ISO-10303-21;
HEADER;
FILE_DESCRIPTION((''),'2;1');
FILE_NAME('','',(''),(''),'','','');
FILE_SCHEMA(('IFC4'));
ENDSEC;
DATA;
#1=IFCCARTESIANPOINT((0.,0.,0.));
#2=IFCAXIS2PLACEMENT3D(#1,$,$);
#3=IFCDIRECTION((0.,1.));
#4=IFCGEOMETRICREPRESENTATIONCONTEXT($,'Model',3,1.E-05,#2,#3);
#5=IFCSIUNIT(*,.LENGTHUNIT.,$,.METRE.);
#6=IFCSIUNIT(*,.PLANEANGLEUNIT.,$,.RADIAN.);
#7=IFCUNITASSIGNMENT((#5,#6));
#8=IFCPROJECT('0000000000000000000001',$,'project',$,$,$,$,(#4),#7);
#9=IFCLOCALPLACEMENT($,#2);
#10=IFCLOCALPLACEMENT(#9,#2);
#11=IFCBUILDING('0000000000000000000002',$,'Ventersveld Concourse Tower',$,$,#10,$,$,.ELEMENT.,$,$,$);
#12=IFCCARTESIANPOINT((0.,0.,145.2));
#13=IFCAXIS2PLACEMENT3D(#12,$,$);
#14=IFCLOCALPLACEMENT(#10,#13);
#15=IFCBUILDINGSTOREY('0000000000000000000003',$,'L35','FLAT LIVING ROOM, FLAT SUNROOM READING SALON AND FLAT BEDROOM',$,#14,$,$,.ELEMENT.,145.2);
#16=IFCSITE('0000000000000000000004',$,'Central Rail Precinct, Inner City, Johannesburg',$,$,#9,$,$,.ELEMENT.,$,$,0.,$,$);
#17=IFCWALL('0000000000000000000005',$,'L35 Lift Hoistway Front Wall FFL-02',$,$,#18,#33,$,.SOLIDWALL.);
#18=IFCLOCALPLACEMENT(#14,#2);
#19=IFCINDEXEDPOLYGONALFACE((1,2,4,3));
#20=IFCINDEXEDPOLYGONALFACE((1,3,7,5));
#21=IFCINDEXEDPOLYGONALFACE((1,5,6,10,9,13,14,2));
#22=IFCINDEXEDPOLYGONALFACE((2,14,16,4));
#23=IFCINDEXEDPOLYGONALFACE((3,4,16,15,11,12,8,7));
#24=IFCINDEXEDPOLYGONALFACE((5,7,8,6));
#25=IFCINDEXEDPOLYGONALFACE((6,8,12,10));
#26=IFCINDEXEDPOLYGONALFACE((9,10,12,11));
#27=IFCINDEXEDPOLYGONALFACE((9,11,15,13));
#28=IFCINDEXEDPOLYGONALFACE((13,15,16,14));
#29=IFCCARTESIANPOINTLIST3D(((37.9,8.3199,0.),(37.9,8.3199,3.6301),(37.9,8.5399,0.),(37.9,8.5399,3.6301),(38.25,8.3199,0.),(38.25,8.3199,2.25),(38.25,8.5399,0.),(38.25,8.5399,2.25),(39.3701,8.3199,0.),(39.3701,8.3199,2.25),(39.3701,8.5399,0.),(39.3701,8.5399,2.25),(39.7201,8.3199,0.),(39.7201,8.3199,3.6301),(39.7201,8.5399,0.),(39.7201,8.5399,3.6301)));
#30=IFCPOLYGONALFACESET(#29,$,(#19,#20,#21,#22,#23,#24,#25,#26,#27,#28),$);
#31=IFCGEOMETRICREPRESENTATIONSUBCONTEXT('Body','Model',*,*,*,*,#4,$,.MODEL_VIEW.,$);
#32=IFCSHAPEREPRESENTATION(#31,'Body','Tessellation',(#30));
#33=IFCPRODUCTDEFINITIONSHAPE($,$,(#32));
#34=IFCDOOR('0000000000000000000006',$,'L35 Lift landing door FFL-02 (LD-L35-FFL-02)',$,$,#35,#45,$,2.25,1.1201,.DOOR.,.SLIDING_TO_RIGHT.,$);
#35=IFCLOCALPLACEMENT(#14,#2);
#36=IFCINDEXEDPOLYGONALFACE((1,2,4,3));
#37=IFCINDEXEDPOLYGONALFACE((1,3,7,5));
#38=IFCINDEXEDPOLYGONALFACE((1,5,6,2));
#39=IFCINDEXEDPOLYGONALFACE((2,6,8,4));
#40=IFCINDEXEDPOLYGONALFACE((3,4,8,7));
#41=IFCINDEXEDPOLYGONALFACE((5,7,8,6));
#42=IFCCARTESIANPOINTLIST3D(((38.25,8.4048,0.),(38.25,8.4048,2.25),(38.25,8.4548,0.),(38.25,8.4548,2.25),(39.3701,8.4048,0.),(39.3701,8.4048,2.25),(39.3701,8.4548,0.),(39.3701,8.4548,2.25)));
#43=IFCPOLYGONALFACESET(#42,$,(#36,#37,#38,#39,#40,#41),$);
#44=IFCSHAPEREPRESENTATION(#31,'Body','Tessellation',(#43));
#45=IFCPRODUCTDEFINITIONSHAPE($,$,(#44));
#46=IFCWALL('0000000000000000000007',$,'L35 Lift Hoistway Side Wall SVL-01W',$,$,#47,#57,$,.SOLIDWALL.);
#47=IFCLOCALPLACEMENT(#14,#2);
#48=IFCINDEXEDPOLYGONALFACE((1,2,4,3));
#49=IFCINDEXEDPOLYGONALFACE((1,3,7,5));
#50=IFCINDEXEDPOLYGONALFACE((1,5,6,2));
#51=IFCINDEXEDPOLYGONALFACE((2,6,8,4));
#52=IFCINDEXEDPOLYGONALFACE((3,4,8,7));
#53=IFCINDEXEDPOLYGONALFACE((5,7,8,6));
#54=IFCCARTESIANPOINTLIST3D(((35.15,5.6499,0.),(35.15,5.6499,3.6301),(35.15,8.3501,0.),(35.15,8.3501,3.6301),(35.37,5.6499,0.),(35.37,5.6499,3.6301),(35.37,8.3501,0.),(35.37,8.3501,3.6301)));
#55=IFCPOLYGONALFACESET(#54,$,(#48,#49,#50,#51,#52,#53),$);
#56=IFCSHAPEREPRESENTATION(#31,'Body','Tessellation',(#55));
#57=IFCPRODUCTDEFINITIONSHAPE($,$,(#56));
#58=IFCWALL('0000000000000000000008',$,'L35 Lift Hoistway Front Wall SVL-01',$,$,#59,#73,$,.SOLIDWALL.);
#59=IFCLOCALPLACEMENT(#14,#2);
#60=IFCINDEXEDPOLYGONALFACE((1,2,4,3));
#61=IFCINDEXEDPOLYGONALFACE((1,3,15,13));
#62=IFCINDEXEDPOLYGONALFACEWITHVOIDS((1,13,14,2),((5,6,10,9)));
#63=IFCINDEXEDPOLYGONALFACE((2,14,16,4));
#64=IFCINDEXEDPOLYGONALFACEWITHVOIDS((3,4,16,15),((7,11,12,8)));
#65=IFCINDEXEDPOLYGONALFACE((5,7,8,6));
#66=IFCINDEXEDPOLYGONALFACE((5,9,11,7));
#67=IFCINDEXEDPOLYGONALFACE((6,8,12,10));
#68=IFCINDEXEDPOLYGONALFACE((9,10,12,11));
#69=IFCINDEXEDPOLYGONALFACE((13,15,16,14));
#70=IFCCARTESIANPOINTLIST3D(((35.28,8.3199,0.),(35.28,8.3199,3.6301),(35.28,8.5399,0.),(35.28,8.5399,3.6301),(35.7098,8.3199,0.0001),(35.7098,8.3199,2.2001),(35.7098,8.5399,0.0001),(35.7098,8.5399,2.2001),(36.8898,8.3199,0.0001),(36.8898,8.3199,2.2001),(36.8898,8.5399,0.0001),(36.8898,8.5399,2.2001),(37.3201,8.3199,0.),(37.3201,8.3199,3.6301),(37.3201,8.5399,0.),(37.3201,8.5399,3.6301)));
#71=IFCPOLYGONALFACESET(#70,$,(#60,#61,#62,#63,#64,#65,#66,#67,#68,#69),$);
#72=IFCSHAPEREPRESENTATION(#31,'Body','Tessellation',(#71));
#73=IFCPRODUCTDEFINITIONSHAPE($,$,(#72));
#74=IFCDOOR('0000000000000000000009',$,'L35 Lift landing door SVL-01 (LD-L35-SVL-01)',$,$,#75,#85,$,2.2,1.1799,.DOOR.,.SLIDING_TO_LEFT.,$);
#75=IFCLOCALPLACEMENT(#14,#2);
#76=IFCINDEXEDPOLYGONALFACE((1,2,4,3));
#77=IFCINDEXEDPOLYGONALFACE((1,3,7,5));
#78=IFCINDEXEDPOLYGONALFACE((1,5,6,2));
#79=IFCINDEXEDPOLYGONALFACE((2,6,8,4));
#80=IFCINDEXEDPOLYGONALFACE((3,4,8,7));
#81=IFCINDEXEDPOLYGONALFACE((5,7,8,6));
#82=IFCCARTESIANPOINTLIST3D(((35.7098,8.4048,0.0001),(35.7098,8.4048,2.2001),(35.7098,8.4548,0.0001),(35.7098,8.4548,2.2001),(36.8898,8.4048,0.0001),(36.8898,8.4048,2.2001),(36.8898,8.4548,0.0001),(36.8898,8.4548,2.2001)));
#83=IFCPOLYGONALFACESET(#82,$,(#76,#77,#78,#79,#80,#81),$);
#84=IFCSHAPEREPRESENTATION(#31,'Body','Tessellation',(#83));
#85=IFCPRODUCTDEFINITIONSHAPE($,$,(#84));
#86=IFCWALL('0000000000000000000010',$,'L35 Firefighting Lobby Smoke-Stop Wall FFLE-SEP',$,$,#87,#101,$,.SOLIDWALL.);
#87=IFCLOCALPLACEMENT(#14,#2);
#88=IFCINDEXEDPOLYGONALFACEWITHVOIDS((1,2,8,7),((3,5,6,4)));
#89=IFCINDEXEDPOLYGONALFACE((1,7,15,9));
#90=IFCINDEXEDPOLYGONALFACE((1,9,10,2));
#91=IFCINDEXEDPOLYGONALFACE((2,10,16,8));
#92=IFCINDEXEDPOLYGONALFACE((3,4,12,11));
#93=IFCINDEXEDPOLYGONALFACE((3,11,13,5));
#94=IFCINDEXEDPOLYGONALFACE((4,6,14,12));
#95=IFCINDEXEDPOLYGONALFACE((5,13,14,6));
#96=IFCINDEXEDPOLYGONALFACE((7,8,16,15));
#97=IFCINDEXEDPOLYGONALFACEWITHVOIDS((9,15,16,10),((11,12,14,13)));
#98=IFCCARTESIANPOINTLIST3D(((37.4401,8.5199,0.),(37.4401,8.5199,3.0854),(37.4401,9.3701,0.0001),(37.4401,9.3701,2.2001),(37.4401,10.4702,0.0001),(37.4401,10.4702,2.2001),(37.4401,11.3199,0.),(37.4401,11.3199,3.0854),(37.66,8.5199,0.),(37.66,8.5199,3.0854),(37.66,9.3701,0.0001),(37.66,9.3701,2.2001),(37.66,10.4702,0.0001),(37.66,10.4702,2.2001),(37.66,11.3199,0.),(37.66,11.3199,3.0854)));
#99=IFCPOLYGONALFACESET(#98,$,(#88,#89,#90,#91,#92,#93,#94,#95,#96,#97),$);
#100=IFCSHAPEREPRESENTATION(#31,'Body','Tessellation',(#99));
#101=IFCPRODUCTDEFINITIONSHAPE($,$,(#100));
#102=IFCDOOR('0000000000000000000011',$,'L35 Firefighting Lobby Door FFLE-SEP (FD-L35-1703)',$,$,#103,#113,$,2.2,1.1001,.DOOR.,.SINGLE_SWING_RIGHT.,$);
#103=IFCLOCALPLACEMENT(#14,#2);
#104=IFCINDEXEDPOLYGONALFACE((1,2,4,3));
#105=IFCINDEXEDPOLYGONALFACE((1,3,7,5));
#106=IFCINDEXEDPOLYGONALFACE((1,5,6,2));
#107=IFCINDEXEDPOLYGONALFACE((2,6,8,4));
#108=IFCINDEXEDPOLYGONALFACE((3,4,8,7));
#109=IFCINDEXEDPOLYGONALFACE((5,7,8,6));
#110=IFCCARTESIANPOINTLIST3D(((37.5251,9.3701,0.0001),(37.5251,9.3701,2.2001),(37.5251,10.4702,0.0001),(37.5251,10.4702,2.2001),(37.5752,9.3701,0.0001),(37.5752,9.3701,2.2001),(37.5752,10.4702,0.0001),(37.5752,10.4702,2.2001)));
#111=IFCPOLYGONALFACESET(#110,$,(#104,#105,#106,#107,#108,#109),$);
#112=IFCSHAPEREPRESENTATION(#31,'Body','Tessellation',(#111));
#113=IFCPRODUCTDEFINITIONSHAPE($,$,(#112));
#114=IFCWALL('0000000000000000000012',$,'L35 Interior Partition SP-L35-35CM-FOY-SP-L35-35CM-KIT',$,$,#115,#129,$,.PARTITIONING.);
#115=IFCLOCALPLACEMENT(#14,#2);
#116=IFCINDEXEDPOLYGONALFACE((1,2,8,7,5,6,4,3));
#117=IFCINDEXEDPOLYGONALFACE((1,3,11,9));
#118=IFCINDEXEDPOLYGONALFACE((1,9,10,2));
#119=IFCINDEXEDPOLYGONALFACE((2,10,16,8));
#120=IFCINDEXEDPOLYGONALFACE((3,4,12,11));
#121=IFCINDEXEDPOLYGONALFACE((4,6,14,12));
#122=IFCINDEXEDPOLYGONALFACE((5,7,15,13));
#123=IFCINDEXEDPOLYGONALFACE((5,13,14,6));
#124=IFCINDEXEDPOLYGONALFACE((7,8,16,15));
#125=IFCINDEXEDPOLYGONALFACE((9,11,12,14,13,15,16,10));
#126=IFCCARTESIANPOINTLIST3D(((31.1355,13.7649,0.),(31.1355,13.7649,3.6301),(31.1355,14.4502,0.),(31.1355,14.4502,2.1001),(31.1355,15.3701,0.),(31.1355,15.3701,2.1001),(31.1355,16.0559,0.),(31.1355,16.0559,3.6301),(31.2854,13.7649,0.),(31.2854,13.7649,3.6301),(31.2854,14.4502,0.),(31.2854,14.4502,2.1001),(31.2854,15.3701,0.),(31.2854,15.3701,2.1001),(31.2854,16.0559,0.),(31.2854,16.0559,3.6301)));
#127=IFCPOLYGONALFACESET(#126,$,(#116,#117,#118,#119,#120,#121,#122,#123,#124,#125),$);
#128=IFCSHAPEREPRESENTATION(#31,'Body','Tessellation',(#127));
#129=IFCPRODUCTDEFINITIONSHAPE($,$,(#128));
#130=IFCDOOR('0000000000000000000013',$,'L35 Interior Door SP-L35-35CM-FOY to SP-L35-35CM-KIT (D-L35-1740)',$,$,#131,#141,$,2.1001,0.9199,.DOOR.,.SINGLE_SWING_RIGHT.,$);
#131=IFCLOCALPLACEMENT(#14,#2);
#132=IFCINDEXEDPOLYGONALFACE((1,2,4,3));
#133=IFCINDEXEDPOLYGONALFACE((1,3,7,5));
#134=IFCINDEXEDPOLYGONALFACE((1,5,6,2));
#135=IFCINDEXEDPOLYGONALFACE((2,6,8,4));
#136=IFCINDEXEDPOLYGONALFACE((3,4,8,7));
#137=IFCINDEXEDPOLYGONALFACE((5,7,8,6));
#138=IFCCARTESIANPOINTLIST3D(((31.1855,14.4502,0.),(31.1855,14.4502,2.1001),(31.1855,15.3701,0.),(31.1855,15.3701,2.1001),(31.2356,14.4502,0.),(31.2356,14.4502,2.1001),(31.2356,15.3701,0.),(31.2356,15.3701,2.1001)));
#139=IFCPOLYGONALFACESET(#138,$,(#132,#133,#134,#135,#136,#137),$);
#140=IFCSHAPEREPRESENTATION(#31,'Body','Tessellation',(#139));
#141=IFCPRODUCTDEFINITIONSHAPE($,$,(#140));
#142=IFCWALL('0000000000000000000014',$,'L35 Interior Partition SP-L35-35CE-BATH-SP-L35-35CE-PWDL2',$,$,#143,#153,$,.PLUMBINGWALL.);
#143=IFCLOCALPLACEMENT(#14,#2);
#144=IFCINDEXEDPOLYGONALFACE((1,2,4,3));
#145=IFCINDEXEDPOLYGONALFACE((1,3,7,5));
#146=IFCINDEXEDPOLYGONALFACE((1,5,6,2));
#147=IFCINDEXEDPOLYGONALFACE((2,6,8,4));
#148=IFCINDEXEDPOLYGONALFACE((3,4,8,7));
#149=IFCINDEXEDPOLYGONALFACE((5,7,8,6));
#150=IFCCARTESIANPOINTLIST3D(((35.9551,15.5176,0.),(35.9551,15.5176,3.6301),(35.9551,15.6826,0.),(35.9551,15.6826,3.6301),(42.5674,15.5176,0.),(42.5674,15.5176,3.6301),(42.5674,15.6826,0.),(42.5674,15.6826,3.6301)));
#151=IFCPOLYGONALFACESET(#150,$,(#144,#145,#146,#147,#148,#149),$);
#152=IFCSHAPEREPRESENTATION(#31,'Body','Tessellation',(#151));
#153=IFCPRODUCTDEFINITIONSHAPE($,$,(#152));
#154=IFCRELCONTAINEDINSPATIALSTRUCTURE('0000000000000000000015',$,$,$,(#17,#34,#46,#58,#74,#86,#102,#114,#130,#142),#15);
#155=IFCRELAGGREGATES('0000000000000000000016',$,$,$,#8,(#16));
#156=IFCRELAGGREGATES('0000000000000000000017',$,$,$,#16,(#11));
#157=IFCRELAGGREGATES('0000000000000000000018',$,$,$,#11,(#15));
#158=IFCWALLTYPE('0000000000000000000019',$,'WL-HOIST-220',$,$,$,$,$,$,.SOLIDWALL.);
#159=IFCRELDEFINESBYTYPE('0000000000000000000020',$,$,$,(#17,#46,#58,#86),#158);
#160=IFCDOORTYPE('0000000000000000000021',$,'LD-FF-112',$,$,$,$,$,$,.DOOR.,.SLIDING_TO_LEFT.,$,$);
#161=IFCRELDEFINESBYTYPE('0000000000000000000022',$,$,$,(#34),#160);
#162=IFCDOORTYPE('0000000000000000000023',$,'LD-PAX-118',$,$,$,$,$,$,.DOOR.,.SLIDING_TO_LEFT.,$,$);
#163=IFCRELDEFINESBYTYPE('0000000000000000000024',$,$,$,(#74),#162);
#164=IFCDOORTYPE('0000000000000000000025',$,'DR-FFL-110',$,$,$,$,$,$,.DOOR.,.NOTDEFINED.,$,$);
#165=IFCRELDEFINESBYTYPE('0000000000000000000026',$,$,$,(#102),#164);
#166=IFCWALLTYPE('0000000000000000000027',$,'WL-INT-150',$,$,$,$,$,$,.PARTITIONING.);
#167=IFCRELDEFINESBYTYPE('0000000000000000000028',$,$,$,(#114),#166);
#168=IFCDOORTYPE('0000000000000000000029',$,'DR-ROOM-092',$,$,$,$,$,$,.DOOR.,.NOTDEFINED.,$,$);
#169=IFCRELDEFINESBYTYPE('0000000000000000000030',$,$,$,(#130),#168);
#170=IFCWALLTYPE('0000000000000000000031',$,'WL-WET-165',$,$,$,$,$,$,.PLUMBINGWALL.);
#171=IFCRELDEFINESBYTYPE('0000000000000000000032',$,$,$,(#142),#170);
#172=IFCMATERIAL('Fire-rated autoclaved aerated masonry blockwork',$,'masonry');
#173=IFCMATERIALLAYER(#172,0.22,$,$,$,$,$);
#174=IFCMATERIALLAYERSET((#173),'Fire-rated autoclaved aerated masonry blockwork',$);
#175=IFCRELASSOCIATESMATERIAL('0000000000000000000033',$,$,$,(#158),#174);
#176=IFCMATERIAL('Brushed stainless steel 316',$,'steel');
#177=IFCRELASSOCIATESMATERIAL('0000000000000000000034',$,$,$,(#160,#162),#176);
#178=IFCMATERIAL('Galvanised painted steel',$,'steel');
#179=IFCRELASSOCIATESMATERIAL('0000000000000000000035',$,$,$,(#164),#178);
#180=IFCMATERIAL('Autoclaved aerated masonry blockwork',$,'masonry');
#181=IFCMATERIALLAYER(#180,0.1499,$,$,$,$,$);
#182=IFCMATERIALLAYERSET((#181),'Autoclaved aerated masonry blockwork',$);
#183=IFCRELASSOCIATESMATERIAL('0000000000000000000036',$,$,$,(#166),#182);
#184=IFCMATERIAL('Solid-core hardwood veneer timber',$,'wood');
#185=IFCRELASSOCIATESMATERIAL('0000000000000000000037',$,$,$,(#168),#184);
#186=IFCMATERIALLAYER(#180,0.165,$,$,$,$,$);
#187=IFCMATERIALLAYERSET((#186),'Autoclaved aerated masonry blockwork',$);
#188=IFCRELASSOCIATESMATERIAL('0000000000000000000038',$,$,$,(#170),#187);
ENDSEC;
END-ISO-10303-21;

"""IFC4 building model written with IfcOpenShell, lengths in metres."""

from ifc_helpers import new_model, si_unit, direction, frame, frame_2d, origin, place, context, subcontext, project, spatial, rectangle, extrude, material, layer, layer_set, type_object, element, fill, save


model = new_model("IFC4")

# Units and contexts
model_context = context("Model", 3, precision=1e-05, world=origin(), true_north=direction((0.0, 1.0)))
body_context = subcontext(model_context, "Body", "Model", "MODEL_VIEW")
ifc_project = project(units=[si_unit("LENGTHUNIT", "METRE"), si_unit("PLANEANGLEUNIT", "RADIAN")], contexts=[model_context])

# Site, building, storey
site_placement = place(None, origin())
site = spatial("IfcSite", under=ifc_project, at=site_placement, Name="Central Rail Precinct, Inner City, Johannesburg", CompositionType="ELEMENT", RefElevation=0.0)
building_placement = place(site_placement, origin())
building = spatial("IfcBuilding", under=site, at=building_placement, Name="Ventersveld Concourse Tower", CompositionType="ELEMENT")
storey_placement = place(building_placement, frame((0.0, 0.0, 145.2)))
storey = spatial("IfcBuildingStorey", under=building, at=storey_placement, Name="L35", Description="FLAT LIVING ROOM, FLAT SUNROOM READING SALON AND FLAT BEDROOM", CompositionType="ELEMENT", Elevation=145.2)

# Shared definitions
ifc_material_1 = material(Name="Fire-rated autoclaved aerated masonry blockwork", Category="masonry")
ifc_layer_1 = layer(ifc_material_1, 0.22)
ifc_layer_set_1 = layer_set([ifc_layer_1], Name="Fire-rated autoclaved aerated masonry blockwork")
wall_type_1 = type_object("IfcWallType", Name="WL-HOIST-220", PredefinedType="SOLIDWALL", material=ifc_layer_set_1)

# Wall, opening, door
wall_1_placement = place(storey_placement, frame((37.8999, 8.4299, 0.0), z_axis=(0.0, 0.0, 1.0), x_axis=(1.0, 0.0, 0.0)))
wall_1 = element("IfcWall", 1, at=wall_1_placement, inside=storey, type_object=wall_type_1, Name="L35 Lift Hoistway Front Wall FFL-02", PredefinedType="SOLIDWALL", context=body_context, shape_type="SweptSolid", body=[
    extrude(rectangle(XDim=1.8201, YDim=0.22, at=frame_2d((0.9102, 0.0))), origin(), (0.0, 0.0, 1.0), 3.6301),
])
opening_1_placement = place(wall_1_placement, frame((0.3501, 0.0, 0.0)))
opening_1 = element("IfcOpeningElement", 2, at=opening_1_placement, cuts=wall_1, PredefinedType="OPENING", context=body_context, shape_type="SweptSolid", body=[
    extrude(rectangle(XDim=1.1201, YDim=2.25, at=frame_2d((0.5601, 1.125))), frame((0.0, 0.1201, 0.0), z_axis=(0.0, -1.0, 0.0), x_axis=(1.0, 0.0, 0.0)), (0.0, 0.0, 1.0), 0.24),
])
ifc_material_2 = material(Name="Brushed stainless steel 316", Category="steel")
door_type_1 = type_object("IfcDoorType", Name="LD-FF-112", OperationType="SLIDING_TO_LEFT", PredefinedType="DOOR", material=ifc_material_2)
door_1_placement = place(opening_1_placement, origin())
door_1 = element("IfcDoor", 3, at=door_1_placement, inside=storey, type_object=door_type_1, Name="L35 Lift landing door FFL-02 (LD-L35-FFL-02)", OperationType="SLIDING_TO_RIGHT", OverallHeight=2.25, OverallWidth=1.1201, PredefinedType="DOOR", context=body_context, shape_type="SweptSolid", body=[
    extrude(rectangle(XDim=1.1201, YDim=2.25, at=frame_2d((0.5601, 1.125))), frame((0.0, 0.0249, 0.0), z_axis=(0.0, -1.0, 0.0), x_axis=(1.0, 0.0, 0.0)), (0.0, 0.0, 1.0), 0.05),
])
fill(opening_1, door_1)

# Wall
wall_2_placement = place(storey_placement, frame((35.26, 5.6499, 0.0), z_axis=(0.0, 0.0, 1.0), x_axis=(0.0, 1.0, 0.0)))
element("IfcWall", 4, at=wall_2_placement, inside=storey, type_object=wall_type_1, Name="L35 Lift Hoistway Side Wall SVL-01W", PredefinedType="SOLIDWALL", context=body_context, shape_type="SweptSolid", body=[
    extrude(rectangle(XDim=2.7002, YDim=0.22, at=frame_2d((1.3501, 0.0))), origin(), (0.0, 0.0, 1.0), 3.6301),
])

# Walls, openings, doors
wall_3_placement = place(storey_placement, frame((35.28, 8.4299, 0.0), z_axis=(0.0, 0.0, 1.0), x_axis=(1.0, 0.0, 0.0)))
wall_3 = element("IfcWall", 5, at=wall_3_placement, inside=storey, type_object=wall_type_1, Name="L35 Lift Hoistway Front Wall SVL-01", PredefinedType="SOLIDWALL", context=body_context, shape_type="SweptSolid", body=[
    extrude(rectangle(XDim=2.04, YDim=0.22, at=frame_2d((1.02, 0.0))), origin(), (0.0, 0.0, 1.0), 3.6301),
])
opening_2_placement = place(wall_3_placement, frame((0.4299, 0.0, 0.0)))
opening_2 = element("IfcOpeningElement", 6, at=opening_2_placement, cuts=wall_3, PredefinedType="OPENING", context=body_context, shape_type="SweptSolid", body=[
    extrude(rectangle(XDim=1.1799, YDim=2.2, at=frame_2d((0.5898, 1.1001))), frame((0.0, 0.1201, 0.0), z_axis=(0.0, -1.0, 0.0), x_axis=(1.0, 0.0, 0.0)), (0.0, 0.0, 1.0), 0.24),
])
door_type_2 = type_object("IfcDoorType", Name="LD-PAX-118", OperationType="SLIDING_TO_LEFT", PredefinedType="DOOR", material=ifc_material_2)
door_2_placement = place(opening_2_placement, origin())
door_2 = element("IfcDoor", 7, at=door_2_placement, inside=storey, type_object=door_type_2, Name="L35 Lift landing door SVL-01 (LD-L35-SVL-01)", OperationType="SLIDING_TO_LEFT", OverallHeight=2.2, OverallWidth=1.1799, PredefinedType="DOOR", context=body_context, shape_type="SweptSolid", body=[
    extrude(rectangle(XDim=1.1799, YDim=2.2, at=frame_2d((0.5898, 1.1001))), frame((0.0, 0.0249, 0.0), z_axis=(0.0, -1.0, 0.0), x_axis=(1.0, 0.0, 0.0)), (0.0, 0.0, 1.0), 0.05),
])
fill(opening_2, door_2)
wall_4_placement = place(storey_placement, frame((37.55, 8.52, 0.0), z_axis=(0.0, 0.0, 1.0), x_axis=(0.0, 1.0, 0.0)))
wall_4 = element("IfcWall", 8, at=wall_4_placement, inside=storey, type_object=wall_type_1, Name="L35 Firefighting Lobby Smoke-Stop Wall FFLE-SEP", PredefinedType="SOLIDWALL", context=body_context, shape_type="SweptSolid", body=[
    extrude(rectangle(XDim=2.8, YDim=0.22, at=frame_2d((1.3999, 0.0))), origin(), (0.0, 0.0, 1.0), 3.0854),
])
opening_3_placement = place(wall_4_placement, frame((0.8501, 0.0, 0.0)))
opening_3 = element("IfcOpeningElement", 9, at=opening_3_placement, cuts=wall_4, PredefinedType="OPENING", context=body_context, shape_type="SweptSolid", body=[
    extrude(rectangle(XDim=1.1001, YDim=2.2, at=frame_2d((0.55, 1.1001))), frame((0.0, 0.1201, 0.0), z_axis=(0.0, -1.0, 0.0), x_axis=(1.0, 0.0, 0.0)), (0.0, 0.0, 1.0), 0.24),
])
ifc_material_3 = material(Name="Galvanised painted steel", Category="steel")
door_type_3 = type_object("IfcDoorType", Name="DR-FFL-110", OperationType="NOTDEFINED", PredefinedType="DOOR", material=ifc_material_3)
door_3_placement = place(opening_3_placement, origin())
door_3 = element("IfcDoor", 10, at=door_3_placement, inside=storey, type_object=door_type_3, Name="L35 Firefighting Lobby Door FFLE-SEP (FD-L35-1703)", OperationType="SINGLE_SWING_RIGHT", OverallHeight=2.2, OverallWidth=1.1001, PredefinedType="DOOR", context=body_context, shape_type="SweptSolid", body=[
    extrude(rectangle(XDim=1.1001, YDim=2.2, at=frame_2d((0.55, 1.1001))), frame((0.0, 0.0249, 0.0), z_axis=(0.0, -1.0, 0.0), x_axis=(1.0, 0.0, 0.0)), (0.0, 0.0, 1.0), 0.05),
])
fill(opening_3, door_3)
ifc_material_4 = material(Name="Autoclaved aerated masonry blockwork", Category="masonry")
ifc_layer_2 = layer(ifc_material_4, 0.1499)
ifc_layer_set_2 = layer_set([ifc_layer_2], Name="Autoclaved aerated masonry blockwork")
wall_type_2 = type_object("IfcWallType", Name="WL-INT-150", PredefinedType="PARTITIONING", material=ifc_layer_set_2)
wall_5_placement = place(storey_placement, frame((31.2104, 13.7649, 0.0), z_axis=(0.0, 0.0, 1.0), x_axis=(0.0, 1.0, 0.0)))
wall_5 = element("IfcWall", 11, at=wall_5_placement, inside=storey, type_object=wall_type_2, Name="L35 Interior Partition SP-L35-35CM-FOY-SP-L35-35CM-KIT", PredefinedType="PARTITIONING", context=body_context, shape_type="SweptSolid", body=[
    extrude(rectangle(XDim=2.291, YDim=0.1499, at=frame_2d((1.1455, 0.0))), origin(), (0.0, 0.0, 1.0), 3.6301),
])
opening_4_placement = place(wall_5_placement, frame((0.6853, 0.0, 0.0)))
opening_4 = element("IfcOpeningElement", 12, at=opening_4_placement, cuts=wall_5, PredefinedType="OPENING", context=body_context, shape_type="SweptSolid", body=[
    extrude(rectangle(XDim=0.9199, YDim=2.1001, at=frame_2d((0.46, 1.05))), frame((0.0, 0.085, 0.0), z_axis=(0.0, -1.0, 0.0), x_axis=(1.0, 0.0, 0.0)), (0.0, 0.0, 1.0), 0.1699),
])
ifc_material_5 = material(Name="Solid-core hardwood veneer timber", Category="wood")
door_type_4 = type_object("IfcDoorType", Name="DR-ROOM-092", OperationType="NOTDEFINED", PredefinedType="DOOR", material=ifc_material_5)
door_4_placement = place(opening_4_placement, origin())
door_4 = element("IfcDoor", 13, at=door_4_placement, inside=storey, type_object=door_type_4, Name="L35 Interior Door SP-L35-35CM-FOY to SP-L35-35CM-KIT (D-L35-1740)", OperationType="SINGLE_SWING_RIGHT", OverallHeight=2.1001, OverallWidth=0.9199, PredefinedType="DOOR", context=body_context, shape_type="SweptSolid", body=[
    extrude(rectangle(XDim=0.9199, YDim=2.1001, at=frame_2d((0.46, 1.05))), frame((0.0, 0.0249, 0.0), z_axis=(0.0, -1.0, 0.0), x_axis=(1.0, 0.0, 0.0)), (0.0, 0.0, 1.0), 0.05),
])
fill(opening_4, door_4)

# Wall
ifc_layer_3 = layer(ifc_material_4, 0.165)
ifc_layer_set_3 = layer_set([ifc_layer_3], Name="Autoclaved aerated masonry blockwork")
wall_type_3 = type_object("IfcWallType", Name="WL-WET-165", PredefinedType="PLUMBINGWALL", material=ifc_layer_set_3)
wall_6_placement = place(storey_placement, frame((35.9551, 15.6001, 0.0), z_axis=(0.0, 0.0, 1.0), x_axis=(1.0, 0.0, 0.0)))
element("IfcWall", 14, at=wall_6_placement, inside=storey, type_object=wall_type_3, Name="L35 Interior Partition SP-L35-35CE-BATH-SP-L35-35CE-PWDL2", PredefinedType="PLUMBINGWALL", context=body_context, shape_type="SweptSolid", body=[
    extrude(rectangle(XDim=6.6123, YDim=0.165, at=frame_2d((3.3062, 0.0))), origin(), (0.0, 0.0, 1.0), 3.6301),
])

save(model, "model.ifc")
